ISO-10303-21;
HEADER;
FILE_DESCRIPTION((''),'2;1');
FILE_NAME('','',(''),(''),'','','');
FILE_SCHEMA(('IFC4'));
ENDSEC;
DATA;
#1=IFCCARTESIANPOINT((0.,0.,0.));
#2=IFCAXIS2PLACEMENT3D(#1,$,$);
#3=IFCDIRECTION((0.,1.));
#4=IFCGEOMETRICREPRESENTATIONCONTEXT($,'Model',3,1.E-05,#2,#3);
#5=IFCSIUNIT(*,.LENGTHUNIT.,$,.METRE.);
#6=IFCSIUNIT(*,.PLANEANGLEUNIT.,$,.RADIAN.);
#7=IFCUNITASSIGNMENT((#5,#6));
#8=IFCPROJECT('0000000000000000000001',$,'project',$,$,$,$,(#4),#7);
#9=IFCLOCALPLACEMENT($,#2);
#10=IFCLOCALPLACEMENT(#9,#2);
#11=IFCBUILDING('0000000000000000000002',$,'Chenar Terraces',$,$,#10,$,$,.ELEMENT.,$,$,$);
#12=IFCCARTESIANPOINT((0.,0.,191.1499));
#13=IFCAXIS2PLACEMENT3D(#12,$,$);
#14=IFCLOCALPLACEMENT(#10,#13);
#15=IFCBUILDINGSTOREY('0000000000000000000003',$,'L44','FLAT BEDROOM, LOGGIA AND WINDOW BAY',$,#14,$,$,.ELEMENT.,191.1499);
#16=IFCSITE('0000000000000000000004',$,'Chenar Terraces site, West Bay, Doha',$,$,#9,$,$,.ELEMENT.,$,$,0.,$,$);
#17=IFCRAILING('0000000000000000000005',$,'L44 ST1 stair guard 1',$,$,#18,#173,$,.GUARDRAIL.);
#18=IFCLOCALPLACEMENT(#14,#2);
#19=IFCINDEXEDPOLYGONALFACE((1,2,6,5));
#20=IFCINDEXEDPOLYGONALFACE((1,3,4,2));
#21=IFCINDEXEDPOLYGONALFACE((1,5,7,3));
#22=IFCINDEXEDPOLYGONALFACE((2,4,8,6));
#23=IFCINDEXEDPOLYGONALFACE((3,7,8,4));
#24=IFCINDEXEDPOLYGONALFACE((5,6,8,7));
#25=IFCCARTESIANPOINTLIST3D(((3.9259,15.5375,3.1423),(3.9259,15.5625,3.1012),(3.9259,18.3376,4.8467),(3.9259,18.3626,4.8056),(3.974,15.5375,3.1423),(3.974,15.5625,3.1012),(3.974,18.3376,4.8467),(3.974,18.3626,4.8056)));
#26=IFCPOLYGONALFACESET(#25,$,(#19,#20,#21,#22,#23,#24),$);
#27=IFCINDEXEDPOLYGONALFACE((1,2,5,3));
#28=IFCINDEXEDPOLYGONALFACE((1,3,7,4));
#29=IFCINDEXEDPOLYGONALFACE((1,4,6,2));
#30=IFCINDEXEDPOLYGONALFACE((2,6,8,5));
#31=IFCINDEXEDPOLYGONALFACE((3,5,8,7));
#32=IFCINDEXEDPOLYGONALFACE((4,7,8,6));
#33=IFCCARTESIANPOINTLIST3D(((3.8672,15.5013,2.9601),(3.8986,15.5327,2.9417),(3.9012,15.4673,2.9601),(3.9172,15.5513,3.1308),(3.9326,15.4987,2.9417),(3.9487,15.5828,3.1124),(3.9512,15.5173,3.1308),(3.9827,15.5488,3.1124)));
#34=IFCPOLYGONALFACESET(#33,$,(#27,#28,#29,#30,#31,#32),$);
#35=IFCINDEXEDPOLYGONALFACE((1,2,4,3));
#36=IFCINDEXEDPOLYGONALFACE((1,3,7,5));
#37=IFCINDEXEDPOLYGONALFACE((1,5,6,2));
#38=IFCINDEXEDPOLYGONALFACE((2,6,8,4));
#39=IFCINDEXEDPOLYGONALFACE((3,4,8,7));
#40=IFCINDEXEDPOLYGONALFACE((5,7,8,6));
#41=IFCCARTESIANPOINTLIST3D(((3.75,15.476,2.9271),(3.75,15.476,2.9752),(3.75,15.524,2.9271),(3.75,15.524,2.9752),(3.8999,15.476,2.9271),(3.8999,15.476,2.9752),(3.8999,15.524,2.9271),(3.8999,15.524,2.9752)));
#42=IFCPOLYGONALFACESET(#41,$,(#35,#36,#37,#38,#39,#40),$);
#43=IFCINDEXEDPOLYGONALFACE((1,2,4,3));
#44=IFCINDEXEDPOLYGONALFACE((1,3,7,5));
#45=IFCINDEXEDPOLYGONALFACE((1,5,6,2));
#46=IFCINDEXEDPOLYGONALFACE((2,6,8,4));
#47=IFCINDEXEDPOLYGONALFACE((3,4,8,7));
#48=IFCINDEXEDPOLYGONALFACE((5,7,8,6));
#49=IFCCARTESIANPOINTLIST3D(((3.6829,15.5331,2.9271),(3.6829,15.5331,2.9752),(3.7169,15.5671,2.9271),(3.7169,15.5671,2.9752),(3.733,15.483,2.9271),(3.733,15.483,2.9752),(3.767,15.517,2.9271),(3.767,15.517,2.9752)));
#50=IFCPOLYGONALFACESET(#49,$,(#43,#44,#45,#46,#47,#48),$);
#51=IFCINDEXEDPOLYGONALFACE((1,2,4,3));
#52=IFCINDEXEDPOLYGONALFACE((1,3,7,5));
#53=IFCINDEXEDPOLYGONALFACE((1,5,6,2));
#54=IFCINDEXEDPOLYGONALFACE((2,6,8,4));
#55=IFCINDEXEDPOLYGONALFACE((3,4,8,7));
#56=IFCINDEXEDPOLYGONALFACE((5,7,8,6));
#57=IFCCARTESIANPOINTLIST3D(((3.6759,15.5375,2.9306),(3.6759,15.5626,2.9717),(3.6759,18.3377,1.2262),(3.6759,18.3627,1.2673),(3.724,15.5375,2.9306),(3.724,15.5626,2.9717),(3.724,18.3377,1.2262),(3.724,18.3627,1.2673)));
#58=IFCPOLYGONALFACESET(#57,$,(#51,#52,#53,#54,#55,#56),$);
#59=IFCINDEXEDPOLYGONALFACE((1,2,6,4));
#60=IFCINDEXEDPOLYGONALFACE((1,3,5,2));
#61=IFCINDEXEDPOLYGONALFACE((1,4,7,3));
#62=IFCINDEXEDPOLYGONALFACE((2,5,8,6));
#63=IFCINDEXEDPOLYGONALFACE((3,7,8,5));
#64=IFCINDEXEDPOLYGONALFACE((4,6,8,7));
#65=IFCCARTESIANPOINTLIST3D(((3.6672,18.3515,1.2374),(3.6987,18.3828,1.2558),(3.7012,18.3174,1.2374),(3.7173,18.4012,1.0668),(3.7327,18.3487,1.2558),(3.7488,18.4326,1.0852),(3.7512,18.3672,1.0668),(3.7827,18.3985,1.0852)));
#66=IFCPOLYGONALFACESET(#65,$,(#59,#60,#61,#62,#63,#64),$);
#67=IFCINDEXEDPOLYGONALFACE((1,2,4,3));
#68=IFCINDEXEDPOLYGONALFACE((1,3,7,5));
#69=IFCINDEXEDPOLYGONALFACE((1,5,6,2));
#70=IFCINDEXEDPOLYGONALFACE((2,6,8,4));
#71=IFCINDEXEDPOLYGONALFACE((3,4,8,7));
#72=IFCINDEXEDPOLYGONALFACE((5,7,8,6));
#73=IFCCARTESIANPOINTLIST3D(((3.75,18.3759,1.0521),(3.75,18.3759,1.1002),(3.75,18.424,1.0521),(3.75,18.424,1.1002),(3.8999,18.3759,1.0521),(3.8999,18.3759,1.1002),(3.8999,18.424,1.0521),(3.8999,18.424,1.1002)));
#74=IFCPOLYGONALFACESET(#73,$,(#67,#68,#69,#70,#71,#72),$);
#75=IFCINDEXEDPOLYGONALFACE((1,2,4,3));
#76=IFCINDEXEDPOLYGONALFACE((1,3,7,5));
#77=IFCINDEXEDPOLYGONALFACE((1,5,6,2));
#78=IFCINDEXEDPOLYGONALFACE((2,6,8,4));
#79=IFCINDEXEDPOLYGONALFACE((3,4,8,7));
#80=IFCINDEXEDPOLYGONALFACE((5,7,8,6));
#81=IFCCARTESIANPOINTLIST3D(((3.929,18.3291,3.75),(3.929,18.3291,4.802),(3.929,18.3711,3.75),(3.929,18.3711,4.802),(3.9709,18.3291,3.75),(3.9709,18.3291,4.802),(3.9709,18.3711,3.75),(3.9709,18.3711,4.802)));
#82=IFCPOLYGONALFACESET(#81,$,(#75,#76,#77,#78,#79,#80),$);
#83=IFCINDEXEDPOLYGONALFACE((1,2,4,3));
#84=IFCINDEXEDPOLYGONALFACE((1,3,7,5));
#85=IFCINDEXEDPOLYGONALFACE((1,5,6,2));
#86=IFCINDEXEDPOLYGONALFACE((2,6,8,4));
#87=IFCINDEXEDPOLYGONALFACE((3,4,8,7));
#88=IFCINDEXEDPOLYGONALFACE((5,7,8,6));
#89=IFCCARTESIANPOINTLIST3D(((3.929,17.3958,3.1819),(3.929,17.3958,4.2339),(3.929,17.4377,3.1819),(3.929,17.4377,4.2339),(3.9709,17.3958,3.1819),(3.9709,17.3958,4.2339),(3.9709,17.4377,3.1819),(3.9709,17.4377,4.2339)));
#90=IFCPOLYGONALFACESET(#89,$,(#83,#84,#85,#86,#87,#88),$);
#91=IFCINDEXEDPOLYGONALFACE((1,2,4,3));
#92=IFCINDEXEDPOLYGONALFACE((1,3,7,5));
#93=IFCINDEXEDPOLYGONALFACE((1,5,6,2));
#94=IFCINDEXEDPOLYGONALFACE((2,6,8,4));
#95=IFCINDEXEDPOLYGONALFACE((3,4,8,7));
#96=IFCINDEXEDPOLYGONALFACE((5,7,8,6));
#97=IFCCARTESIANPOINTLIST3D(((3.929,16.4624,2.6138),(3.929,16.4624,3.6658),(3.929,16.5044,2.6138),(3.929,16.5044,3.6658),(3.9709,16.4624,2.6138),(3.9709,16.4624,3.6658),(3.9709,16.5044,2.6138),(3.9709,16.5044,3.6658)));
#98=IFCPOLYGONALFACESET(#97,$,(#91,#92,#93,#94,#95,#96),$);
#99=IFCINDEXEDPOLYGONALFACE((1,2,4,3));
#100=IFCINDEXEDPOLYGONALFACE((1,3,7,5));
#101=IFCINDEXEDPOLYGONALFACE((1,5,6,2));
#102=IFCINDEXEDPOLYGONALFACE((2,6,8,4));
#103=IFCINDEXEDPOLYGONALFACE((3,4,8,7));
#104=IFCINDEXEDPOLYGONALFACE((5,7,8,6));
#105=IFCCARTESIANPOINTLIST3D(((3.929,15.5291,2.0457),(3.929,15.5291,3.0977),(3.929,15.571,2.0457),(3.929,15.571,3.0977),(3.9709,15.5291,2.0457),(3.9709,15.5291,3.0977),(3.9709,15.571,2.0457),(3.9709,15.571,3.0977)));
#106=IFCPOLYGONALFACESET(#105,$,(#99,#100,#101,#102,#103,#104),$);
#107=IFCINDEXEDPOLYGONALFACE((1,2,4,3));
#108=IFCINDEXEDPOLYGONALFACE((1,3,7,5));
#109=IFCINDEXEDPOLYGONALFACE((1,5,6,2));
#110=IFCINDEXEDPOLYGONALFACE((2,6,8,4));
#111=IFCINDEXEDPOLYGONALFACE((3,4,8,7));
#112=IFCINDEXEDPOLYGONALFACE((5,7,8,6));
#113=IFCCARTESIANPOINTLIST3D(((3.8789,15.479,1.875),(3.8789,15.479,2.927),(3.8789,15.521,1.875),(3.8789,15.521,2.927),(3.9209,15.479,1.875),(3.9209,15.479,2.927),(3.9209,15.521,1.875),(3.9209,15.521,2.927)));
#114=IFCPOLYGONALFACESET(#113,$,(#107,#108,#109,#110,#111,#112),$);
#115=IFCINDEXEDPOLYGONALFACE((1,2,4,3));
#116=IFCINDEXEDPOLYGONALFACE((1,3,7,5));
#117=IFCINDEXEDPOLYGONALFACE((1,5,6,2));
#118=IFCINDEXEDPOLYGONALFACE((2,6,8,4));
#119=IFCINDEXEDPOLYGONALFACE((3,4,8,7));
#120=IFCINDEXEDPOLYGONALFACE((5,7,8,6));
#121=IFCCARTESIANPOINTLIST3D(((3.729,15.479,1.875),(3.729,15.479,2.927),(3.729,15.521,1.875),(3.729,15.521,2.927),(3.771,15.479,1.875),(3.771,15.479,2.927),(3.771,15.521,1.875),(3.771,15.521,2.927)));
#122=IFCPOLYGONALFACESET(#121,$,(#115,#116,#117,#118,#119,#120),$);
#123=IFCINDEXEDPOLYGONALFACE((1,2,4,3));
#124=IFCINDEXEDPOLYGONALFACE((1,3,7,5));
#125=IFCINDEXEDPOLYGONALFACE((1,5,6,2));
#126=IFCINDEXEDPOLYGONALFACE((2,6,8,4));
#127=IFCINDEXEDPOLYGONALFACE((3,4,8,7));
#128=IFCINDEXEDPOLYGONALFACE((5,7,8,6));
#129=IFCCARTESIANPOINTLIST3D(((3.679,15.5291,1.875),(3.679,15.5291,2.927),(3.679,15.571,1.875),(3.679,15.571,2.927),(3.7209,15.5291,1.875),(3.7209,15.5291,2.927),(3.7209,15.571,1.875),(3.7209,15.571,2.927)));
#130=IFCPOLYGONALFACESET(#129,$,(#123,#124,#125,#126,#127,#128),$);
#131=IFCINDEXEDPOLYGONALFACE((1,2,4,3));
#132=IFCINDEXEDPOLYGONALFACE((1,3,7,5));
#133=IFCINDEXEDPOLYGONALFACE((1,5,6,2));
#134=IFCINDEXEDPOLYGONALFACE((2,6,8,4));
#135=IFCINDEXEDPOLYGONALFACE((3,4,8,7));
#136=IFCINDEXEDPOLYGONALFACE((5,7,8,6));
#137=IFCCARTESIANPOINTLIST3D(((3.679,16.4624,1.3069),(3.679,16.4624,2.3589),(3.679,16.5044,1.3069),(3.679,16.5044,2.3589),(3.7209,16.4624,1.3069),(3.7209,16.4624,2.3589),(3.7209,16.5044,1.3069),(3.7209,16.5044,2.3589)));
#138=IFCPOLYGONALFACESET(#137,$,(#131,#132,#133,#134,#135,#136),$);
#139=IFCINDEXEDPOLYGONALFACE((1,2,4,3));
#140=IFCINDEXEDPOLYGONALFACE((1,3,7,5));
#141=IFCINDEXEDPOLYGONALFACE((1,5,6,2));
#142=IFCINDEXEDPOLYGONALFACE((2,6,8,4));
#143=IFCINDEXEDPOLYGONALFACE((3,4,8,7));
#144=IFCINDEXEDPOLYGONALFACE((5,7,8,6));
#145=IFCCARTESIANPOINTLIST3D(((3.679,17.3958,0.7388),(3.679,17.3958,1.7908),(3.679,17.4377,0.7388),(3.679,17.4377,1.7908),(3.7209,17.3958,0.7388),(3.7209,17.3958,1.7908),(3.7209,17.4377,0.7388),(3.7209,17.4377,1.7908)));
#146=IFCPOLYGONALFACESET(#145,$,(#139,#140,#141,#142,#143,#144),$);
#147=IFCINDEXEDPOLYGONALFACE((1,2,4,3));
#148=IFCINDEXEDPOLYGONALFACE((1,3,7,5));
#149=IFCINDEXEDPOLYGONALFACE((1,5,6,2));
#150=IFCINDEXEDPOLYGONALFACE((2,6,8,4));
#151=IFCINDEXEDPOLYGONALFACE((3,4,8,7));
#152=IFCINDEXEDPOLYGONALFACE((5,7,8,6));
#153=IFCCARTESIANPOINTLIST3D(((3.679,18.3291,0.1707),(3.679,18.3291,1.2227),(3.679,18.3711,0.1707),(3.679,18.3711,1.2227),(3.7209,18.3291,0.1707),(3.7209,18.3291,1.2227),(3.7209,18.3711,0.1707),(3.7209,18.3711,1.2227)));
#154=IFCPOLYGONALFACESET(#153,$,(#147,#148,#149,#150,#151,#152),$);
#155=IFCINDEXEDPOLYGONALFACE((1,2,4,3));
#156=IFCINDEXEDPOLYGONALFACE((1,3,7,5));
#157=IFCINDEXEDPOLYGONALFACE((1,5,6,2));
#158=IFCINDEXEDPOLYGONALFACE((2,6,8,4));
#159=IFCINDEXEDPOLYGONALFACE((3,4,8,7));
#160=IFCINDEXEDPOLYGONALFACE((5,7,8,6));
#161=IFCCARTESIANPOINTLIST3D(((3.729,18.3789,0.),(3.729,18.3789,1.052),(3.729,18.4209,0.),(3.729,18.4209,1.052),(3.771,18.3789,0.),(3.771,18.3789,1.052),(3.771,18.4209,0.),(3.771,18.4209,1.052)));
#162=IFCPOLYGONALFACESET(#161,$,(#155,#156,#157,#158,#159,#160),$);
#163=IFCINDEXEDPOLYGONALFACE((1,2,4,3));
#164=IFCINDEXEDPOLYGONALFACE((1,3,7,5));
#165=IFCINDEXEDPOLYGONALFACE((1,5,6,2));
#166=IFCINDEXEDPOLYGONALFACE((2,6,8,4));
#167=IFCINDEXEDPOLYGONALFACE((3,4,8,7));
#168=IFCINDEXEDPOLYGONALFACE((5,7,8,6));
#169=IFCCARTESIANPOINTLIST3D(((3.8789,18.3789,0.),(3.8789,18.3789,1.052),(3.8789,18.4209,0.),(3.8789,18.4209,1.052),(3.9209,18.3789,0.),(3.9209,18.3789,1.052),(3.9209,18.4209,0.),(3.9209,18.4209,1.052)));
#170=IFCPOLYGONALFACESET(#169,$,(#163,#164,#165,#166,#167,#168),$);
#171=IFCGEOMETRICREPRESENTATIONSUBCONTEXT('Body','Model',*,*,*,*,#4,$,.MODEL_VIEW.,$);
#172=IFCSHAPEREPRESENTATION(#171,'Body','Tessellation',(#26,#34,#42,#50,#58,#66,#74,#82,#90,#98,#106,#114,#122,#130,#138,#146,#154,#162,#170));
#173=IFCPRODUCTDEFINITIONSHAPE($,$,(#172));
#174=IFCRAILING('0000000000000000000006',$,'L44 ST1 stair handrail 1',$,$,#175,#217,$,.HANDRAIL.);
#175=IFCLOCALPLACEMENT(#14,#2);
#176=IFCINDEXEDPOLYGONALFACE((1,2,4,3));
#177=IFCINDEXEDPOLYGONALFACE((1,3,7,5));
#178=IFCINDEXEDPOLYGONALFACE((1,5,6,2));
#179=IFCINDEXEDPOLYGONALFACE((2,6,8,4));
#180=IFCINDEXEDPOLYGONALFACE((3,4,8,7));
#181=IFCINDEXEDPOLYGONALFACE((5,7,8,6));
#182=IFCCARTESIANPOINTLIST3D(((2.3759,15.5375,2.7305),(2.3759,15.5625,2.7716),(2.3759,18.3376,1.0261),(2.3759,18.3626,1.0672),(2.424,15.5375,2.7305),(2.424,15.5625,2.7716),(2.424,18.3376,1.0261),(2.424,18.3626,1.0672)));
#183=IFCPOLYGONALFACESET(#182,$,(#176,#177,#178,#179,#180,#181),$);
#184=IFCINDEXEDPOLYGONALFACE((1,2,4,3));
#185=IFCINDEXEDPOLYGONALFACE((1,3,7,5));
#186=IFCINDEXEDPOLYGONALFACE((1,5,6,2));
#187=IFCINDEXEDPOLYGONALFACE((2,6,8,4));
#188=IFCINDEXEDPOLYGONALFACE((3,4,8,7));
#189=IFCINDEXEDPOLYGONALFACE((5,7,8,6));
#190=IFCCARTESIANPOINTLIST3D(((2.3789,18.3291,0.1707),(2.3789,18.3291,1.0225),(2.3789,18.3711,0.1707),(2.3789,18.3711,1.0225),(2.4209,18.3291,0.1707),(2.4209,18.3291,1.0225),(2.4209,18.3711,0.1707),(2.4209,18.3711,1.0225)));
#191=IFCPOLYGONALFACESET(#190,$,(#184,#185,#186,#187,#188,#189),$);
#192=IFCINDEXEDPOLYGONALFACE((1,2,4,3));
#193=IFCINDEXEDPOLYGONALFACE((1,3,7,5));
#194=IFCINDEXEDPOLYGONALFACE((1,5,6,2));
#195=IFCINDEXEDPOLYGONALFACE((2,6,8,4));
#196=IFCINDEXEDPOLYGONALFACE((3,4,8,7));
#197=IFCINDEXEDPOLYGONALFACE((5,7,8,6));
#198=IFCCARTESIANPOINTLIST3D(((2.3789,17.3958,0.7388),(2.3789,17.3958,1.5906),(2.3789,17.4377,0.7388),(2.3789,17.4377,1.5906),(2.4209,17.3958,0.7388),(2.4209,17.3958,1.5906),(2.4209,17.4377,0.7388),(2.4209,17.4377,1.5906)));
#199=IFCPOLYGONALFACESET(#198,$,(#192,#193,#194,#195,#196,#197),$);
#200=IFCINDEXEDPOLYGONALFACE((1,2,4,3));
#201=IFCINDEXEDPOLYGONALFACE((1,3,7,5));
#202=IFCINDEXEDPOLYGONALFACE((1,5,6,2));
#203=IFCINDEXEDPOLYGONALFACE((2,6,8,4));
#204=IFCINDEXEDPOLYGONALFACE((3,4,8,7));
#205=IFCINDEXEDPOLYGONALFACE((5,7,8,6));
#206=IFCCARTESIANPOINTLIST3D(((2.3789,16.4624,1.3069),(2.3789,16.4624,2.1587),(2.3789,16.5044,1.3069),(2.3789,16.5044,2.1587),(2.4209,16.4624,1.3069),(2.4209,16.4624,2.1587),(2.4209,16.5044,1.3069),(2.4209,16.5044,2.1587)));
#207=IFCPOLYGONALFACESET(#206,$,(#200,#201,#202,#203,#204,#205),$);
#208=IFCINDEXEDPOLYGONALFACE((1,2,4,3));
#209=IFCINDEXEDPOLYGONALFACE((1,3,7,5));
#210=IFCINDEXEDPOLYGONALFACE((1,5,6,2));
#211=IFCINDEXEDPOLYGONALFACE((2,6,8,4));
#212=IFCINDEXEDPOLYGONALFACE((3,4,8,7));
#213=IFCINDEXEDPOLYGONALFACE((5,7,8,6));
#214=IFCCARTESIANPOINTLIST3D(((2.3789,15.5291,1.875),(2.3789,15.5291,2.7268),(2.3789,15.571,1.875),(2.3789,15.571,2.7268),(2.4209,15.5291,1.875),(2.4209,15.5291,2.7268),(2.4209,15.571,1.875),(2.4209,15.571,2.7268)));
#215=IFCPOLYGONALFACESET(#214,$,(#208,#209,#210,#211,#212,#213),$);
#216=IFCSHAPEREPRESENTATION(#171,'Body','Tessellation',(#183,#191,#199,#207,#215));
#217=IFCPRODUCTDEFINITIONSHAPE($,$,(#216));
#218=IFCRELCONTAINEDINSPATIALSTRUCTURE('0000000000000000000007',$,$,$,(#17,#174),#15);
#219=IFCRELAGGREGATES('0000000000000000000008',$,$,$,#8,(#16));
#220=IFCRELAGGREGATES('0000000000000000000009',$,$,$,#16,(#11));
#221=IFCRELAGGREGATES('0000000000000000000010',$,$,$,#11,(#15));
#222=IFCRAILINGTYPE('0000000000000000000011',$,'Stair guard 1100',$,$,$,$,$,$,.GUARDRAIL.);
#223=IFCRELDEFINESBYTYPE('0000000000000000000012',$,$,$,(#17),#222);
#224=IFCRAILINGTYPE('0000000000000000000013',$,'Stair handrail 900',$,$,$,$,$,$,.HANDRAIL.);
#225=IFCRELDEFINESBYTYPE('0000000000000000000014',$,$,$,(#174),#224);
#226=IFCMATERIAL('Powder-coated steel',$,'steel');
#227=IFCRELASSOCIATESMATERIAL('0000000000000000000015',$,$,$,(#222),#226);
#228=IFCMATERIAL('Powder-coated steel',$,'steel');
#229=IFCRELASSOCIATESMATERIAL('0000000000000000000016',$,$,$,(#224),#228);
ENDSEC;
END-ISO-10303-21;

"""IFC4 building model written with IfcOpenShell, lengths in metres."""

from ifc_helpers import new_model, si_unit, direction, frame, origin, origin_2d, place, context, subcontext, project, spatial, rectangle, extrude, material, type_object, element, save


model = new_model("IFC4")

# Units and contexts
model_context = context("Model", 3, precision=1e-05, world=origin(), true_north=direction((0.0, 1.0)))
body_context = subcontext(model_context, "Body", "Model", "MODEL_VIEW")
ifc_project = project(units=[si_unit("LENGTHUNIT", "METRE"), si_unit("PLANEANGLEUNIT", "RADIAN")], contexts=[model_context])

# Site, building, storey
site_placement = place(None, origin())
site = spatial("IfcSite", under=ifc_project, at=site_placement, Name="Chenar Terraces site, West Bay, Doha", CompositionType="ELEMENT", RefElevation=0.0)
building_placement = place(site_placement, origin())
building = spatial("IfcBuilding", under=site, at=building_placement, Name="Chenar Terraces", CompositionType="ELEMENT")
storey_placement = place(building_placement, frame((0.0, 0.0, 191.1499)))
storey = spatial("IfcBuildingStorey", under=building, at=storey_placement, Name="L44", Description="FLAT BEDROOM, LOGGIA AND WINDOW BAY", CompositionType="ELEMENT", Elevation=191.1499)

# Railings
ifc_material_1 = material(Name="Powder-coated steel", Category="steel")
railing_type_1 = type_object("IfcRailingType", Name="Stair guard 1100", PredefinedType="GUARDRAIL", material=ifc_material_1)
railing_1_placement = place(storey_placement, frame((3.95, 18.3501, 3.75)))
element("IfcRailing", 1, at=railing_1_placement, inside=storey, type_object=railing_type_1, Name="L44 ST1 stair guard 1", PredefinedType="GUARDRAIL", context=body_context, shape_type="SweptSolid", body=[
    extrude(rectangle(XDim=0.0481, YDim=0.0481, at=origin_2d()), frame((0.0, 0.0, 1.0762), z_axis=(0.0, -0.854203, -0.51994), x_axis=(1.0, 0.0, 0.0)), (0.0, 0.0, 1.0), 3.2781),
    extrude(rectangle(XDim=0.0481, YDim=0.0481, at=origin_2d()), frame((0.0, -2.8, -0.6284), z_axis=(-0.2709, -0.2709, -0.923703), x_axis=(0.707107, -0.707107, 0.0)), (0.0, 0.0, 1.0), 0.1848),
    extrude(rectangle(XDim=0.0481, YDim=0.0481, at=origin_2d()), frame((-0.05, -2.8501, -0.7988), z_axis=(-1.0, 0.0, 0.0), x_axis=(0.0, -1.0, 0.0)), (0.0, 0.0, 1.0), 0.1499),
    extrude(rectangle(XDim=0.0481, YDim=0.0481, at=origin_2d()), frame((-0.2, -2.8501, -0.7988), z_axis=(-0.707107, 0.707107, 0.0), x_axis=(-0.707107, -0.707107, 0.0)), (0.0, 0.0, 1.0), 0.0708),
    extrude(rectangle(XDim=0.0481, YDim=0.0481, at=origin_2d()), frame((-0.25, -2.8, -0.7988), z_axis=(0.0, 0.854203, -0.51994), x_axis=(-1.0, 0.0, 0.0)), (0.0, 0.0, 1.0), 3.2781),
    extrude(rectangle(XDim=0.0481, YDim=0.0481, at=origin_2d()), frame((-0.25, 0.0, -2.5034), z_axis=(0.270997, 0.269675, -0.924033), x_axis=(-0.705376, 0.708834, 0.0)), (0.0, 0.0, 1.0), 0.1846),
    extrude(rectangle(XDim=0.0481, YDim=0.0481, at=origin_2d()), frame((-0.2, 0.0498, -2.6738), z_axis=(1.0, 0.0, 0.0), x_axis=(0.0, 1.0, 0.0)), (0.0, 0.0, 1.0), 0.1499),
    extrude(rectangle(XDim=0.042, YDim=0.042, at=origin_2d()), origin(), (0.0, 0.0, 1.0), 1.052),
    extrude(rectangle(XDim=0.042, YDim=0.042, at=origin_2d()), frame((0.0, -0.9333, -0.5681)), (0.0, 0.0, 1.0), 1.052),
    extrude(rectangle(XDim=0.042, YDim=0.042, at=origin_2d()), frame((0.0, -1.8667, -1.1362)), (0.0, 0.0, 1.0), 1.052),
    extrude(rectangle(XDim=0.042, YDim=0.042, at=origin_2d()), frame((0.0, -2.8, -1.7043)), (0.0, 0.0, 1.0), 1.052),
    extrude(rectangle(XDim=0.042, YDim=0.042, at=origin_2d()), frame((-0.05, -2.8501, -1.875)), (0.0, 0.0, 1.0), 1.052),
    extrude(rectangle(XDim=0.042, YDim=0.042, at=origin_2d()), frame((-0.2, -2.8501, -1.875)), (0.0, 0.0, 1.0), 1.052),
    extrude(rectangle(XDim=0.042, YDim=0.042, at=origin_2d()), frame((-0.25, -2.8, -1.875)), (0.0, 0.0, 1.0), 1.052),
    extrude(rectangle(XDim=0.042, YDim=0.042, at=origin_2d()), frame((-0.25, -1.8667, -2.4431)), (0.0, 0.0, 1.0), 1.052),
    extrude(rectangle(XDim=0.042, YDim=0.042, at=origin_2d()), frame((-0.25, -0.9333, -3.0112)), (0.0, 0.0, 1.0), 1.052),
    extrude(rectangle(XDim=0.042, YDim=0.042, at=origin_2d()), frame((-0.25, 0.0, -3.5793)), (0.0, 0.0, 1.0), 1.052),
    extrude(rectangle(XDim=0.042, YDim=0.042, at=origin_2d()), frame((-0.2, 0.0498, -3.75)), (0.0, 0.0, 1.0), 1.052),
    extrude(rectangle(XDim=0.042, YDim=0.042, at=origin_2d()), frame((-0.05, 0.0498, -3.75)), (0.0, 0.0, 1.0), 1.052),
])
ifc_material_2 = material(Name="Powder-coated steel", Category="steel")
railing_type_2 = type_object("IfcRailingType", Name="Stair handrail 900", PredefinedType="HANDRAIL", material=ifc_material_2)
railing_2_placement = place(storey_placement, frame((2.3999, 18.3501, 0.1707)))
element("IfcRailing", 2, at=railing_2_placement, inside=storey, type_object=railing_type_2, Name="L44 ST1 stair handrail 1", PredefinedType="HANDRAIL", context=body_context, shape_type="SweptSolid", body=[
    extrude(rectangle(XDim=0.0481, YDim=0.0481, at=origin_2d()), frame((0.0, 0.0, 0.876), z_axis=(0.0, -0.854203, 0.51994), x_axis=(1.0, 0.0, 0.0)), (0.0, 0.0, 1.0), 3.2781),
    extrude(rectangle(XDim=0.042, YDim=0.042, at=origin_2d()), origin(), (0.0, 0.0, 1.0), 0.8518),
    extrude(rectangle(XDim=0.042, YDim=0.042, at=origin_2d()), frame((0.0, -0.9333, 0.5681)), (0.0, 0.0, 1.0), 0.8518),
    extrude(rectangle(XDim=0.042, YDim=0.042, at=origin_2d()), frame((0.0, -1.8667, 1.1362)), (0.0, 0.0, 1.0), 0.8518),
    extrude(rectangle(XDim=0.042, YDim=0.042, at=origin_2d()), frame((0.0, -2.8, 1.7043)), (0.0, 0.0, 1.0), 0.8518),
])

save(model, "model.ifc")
